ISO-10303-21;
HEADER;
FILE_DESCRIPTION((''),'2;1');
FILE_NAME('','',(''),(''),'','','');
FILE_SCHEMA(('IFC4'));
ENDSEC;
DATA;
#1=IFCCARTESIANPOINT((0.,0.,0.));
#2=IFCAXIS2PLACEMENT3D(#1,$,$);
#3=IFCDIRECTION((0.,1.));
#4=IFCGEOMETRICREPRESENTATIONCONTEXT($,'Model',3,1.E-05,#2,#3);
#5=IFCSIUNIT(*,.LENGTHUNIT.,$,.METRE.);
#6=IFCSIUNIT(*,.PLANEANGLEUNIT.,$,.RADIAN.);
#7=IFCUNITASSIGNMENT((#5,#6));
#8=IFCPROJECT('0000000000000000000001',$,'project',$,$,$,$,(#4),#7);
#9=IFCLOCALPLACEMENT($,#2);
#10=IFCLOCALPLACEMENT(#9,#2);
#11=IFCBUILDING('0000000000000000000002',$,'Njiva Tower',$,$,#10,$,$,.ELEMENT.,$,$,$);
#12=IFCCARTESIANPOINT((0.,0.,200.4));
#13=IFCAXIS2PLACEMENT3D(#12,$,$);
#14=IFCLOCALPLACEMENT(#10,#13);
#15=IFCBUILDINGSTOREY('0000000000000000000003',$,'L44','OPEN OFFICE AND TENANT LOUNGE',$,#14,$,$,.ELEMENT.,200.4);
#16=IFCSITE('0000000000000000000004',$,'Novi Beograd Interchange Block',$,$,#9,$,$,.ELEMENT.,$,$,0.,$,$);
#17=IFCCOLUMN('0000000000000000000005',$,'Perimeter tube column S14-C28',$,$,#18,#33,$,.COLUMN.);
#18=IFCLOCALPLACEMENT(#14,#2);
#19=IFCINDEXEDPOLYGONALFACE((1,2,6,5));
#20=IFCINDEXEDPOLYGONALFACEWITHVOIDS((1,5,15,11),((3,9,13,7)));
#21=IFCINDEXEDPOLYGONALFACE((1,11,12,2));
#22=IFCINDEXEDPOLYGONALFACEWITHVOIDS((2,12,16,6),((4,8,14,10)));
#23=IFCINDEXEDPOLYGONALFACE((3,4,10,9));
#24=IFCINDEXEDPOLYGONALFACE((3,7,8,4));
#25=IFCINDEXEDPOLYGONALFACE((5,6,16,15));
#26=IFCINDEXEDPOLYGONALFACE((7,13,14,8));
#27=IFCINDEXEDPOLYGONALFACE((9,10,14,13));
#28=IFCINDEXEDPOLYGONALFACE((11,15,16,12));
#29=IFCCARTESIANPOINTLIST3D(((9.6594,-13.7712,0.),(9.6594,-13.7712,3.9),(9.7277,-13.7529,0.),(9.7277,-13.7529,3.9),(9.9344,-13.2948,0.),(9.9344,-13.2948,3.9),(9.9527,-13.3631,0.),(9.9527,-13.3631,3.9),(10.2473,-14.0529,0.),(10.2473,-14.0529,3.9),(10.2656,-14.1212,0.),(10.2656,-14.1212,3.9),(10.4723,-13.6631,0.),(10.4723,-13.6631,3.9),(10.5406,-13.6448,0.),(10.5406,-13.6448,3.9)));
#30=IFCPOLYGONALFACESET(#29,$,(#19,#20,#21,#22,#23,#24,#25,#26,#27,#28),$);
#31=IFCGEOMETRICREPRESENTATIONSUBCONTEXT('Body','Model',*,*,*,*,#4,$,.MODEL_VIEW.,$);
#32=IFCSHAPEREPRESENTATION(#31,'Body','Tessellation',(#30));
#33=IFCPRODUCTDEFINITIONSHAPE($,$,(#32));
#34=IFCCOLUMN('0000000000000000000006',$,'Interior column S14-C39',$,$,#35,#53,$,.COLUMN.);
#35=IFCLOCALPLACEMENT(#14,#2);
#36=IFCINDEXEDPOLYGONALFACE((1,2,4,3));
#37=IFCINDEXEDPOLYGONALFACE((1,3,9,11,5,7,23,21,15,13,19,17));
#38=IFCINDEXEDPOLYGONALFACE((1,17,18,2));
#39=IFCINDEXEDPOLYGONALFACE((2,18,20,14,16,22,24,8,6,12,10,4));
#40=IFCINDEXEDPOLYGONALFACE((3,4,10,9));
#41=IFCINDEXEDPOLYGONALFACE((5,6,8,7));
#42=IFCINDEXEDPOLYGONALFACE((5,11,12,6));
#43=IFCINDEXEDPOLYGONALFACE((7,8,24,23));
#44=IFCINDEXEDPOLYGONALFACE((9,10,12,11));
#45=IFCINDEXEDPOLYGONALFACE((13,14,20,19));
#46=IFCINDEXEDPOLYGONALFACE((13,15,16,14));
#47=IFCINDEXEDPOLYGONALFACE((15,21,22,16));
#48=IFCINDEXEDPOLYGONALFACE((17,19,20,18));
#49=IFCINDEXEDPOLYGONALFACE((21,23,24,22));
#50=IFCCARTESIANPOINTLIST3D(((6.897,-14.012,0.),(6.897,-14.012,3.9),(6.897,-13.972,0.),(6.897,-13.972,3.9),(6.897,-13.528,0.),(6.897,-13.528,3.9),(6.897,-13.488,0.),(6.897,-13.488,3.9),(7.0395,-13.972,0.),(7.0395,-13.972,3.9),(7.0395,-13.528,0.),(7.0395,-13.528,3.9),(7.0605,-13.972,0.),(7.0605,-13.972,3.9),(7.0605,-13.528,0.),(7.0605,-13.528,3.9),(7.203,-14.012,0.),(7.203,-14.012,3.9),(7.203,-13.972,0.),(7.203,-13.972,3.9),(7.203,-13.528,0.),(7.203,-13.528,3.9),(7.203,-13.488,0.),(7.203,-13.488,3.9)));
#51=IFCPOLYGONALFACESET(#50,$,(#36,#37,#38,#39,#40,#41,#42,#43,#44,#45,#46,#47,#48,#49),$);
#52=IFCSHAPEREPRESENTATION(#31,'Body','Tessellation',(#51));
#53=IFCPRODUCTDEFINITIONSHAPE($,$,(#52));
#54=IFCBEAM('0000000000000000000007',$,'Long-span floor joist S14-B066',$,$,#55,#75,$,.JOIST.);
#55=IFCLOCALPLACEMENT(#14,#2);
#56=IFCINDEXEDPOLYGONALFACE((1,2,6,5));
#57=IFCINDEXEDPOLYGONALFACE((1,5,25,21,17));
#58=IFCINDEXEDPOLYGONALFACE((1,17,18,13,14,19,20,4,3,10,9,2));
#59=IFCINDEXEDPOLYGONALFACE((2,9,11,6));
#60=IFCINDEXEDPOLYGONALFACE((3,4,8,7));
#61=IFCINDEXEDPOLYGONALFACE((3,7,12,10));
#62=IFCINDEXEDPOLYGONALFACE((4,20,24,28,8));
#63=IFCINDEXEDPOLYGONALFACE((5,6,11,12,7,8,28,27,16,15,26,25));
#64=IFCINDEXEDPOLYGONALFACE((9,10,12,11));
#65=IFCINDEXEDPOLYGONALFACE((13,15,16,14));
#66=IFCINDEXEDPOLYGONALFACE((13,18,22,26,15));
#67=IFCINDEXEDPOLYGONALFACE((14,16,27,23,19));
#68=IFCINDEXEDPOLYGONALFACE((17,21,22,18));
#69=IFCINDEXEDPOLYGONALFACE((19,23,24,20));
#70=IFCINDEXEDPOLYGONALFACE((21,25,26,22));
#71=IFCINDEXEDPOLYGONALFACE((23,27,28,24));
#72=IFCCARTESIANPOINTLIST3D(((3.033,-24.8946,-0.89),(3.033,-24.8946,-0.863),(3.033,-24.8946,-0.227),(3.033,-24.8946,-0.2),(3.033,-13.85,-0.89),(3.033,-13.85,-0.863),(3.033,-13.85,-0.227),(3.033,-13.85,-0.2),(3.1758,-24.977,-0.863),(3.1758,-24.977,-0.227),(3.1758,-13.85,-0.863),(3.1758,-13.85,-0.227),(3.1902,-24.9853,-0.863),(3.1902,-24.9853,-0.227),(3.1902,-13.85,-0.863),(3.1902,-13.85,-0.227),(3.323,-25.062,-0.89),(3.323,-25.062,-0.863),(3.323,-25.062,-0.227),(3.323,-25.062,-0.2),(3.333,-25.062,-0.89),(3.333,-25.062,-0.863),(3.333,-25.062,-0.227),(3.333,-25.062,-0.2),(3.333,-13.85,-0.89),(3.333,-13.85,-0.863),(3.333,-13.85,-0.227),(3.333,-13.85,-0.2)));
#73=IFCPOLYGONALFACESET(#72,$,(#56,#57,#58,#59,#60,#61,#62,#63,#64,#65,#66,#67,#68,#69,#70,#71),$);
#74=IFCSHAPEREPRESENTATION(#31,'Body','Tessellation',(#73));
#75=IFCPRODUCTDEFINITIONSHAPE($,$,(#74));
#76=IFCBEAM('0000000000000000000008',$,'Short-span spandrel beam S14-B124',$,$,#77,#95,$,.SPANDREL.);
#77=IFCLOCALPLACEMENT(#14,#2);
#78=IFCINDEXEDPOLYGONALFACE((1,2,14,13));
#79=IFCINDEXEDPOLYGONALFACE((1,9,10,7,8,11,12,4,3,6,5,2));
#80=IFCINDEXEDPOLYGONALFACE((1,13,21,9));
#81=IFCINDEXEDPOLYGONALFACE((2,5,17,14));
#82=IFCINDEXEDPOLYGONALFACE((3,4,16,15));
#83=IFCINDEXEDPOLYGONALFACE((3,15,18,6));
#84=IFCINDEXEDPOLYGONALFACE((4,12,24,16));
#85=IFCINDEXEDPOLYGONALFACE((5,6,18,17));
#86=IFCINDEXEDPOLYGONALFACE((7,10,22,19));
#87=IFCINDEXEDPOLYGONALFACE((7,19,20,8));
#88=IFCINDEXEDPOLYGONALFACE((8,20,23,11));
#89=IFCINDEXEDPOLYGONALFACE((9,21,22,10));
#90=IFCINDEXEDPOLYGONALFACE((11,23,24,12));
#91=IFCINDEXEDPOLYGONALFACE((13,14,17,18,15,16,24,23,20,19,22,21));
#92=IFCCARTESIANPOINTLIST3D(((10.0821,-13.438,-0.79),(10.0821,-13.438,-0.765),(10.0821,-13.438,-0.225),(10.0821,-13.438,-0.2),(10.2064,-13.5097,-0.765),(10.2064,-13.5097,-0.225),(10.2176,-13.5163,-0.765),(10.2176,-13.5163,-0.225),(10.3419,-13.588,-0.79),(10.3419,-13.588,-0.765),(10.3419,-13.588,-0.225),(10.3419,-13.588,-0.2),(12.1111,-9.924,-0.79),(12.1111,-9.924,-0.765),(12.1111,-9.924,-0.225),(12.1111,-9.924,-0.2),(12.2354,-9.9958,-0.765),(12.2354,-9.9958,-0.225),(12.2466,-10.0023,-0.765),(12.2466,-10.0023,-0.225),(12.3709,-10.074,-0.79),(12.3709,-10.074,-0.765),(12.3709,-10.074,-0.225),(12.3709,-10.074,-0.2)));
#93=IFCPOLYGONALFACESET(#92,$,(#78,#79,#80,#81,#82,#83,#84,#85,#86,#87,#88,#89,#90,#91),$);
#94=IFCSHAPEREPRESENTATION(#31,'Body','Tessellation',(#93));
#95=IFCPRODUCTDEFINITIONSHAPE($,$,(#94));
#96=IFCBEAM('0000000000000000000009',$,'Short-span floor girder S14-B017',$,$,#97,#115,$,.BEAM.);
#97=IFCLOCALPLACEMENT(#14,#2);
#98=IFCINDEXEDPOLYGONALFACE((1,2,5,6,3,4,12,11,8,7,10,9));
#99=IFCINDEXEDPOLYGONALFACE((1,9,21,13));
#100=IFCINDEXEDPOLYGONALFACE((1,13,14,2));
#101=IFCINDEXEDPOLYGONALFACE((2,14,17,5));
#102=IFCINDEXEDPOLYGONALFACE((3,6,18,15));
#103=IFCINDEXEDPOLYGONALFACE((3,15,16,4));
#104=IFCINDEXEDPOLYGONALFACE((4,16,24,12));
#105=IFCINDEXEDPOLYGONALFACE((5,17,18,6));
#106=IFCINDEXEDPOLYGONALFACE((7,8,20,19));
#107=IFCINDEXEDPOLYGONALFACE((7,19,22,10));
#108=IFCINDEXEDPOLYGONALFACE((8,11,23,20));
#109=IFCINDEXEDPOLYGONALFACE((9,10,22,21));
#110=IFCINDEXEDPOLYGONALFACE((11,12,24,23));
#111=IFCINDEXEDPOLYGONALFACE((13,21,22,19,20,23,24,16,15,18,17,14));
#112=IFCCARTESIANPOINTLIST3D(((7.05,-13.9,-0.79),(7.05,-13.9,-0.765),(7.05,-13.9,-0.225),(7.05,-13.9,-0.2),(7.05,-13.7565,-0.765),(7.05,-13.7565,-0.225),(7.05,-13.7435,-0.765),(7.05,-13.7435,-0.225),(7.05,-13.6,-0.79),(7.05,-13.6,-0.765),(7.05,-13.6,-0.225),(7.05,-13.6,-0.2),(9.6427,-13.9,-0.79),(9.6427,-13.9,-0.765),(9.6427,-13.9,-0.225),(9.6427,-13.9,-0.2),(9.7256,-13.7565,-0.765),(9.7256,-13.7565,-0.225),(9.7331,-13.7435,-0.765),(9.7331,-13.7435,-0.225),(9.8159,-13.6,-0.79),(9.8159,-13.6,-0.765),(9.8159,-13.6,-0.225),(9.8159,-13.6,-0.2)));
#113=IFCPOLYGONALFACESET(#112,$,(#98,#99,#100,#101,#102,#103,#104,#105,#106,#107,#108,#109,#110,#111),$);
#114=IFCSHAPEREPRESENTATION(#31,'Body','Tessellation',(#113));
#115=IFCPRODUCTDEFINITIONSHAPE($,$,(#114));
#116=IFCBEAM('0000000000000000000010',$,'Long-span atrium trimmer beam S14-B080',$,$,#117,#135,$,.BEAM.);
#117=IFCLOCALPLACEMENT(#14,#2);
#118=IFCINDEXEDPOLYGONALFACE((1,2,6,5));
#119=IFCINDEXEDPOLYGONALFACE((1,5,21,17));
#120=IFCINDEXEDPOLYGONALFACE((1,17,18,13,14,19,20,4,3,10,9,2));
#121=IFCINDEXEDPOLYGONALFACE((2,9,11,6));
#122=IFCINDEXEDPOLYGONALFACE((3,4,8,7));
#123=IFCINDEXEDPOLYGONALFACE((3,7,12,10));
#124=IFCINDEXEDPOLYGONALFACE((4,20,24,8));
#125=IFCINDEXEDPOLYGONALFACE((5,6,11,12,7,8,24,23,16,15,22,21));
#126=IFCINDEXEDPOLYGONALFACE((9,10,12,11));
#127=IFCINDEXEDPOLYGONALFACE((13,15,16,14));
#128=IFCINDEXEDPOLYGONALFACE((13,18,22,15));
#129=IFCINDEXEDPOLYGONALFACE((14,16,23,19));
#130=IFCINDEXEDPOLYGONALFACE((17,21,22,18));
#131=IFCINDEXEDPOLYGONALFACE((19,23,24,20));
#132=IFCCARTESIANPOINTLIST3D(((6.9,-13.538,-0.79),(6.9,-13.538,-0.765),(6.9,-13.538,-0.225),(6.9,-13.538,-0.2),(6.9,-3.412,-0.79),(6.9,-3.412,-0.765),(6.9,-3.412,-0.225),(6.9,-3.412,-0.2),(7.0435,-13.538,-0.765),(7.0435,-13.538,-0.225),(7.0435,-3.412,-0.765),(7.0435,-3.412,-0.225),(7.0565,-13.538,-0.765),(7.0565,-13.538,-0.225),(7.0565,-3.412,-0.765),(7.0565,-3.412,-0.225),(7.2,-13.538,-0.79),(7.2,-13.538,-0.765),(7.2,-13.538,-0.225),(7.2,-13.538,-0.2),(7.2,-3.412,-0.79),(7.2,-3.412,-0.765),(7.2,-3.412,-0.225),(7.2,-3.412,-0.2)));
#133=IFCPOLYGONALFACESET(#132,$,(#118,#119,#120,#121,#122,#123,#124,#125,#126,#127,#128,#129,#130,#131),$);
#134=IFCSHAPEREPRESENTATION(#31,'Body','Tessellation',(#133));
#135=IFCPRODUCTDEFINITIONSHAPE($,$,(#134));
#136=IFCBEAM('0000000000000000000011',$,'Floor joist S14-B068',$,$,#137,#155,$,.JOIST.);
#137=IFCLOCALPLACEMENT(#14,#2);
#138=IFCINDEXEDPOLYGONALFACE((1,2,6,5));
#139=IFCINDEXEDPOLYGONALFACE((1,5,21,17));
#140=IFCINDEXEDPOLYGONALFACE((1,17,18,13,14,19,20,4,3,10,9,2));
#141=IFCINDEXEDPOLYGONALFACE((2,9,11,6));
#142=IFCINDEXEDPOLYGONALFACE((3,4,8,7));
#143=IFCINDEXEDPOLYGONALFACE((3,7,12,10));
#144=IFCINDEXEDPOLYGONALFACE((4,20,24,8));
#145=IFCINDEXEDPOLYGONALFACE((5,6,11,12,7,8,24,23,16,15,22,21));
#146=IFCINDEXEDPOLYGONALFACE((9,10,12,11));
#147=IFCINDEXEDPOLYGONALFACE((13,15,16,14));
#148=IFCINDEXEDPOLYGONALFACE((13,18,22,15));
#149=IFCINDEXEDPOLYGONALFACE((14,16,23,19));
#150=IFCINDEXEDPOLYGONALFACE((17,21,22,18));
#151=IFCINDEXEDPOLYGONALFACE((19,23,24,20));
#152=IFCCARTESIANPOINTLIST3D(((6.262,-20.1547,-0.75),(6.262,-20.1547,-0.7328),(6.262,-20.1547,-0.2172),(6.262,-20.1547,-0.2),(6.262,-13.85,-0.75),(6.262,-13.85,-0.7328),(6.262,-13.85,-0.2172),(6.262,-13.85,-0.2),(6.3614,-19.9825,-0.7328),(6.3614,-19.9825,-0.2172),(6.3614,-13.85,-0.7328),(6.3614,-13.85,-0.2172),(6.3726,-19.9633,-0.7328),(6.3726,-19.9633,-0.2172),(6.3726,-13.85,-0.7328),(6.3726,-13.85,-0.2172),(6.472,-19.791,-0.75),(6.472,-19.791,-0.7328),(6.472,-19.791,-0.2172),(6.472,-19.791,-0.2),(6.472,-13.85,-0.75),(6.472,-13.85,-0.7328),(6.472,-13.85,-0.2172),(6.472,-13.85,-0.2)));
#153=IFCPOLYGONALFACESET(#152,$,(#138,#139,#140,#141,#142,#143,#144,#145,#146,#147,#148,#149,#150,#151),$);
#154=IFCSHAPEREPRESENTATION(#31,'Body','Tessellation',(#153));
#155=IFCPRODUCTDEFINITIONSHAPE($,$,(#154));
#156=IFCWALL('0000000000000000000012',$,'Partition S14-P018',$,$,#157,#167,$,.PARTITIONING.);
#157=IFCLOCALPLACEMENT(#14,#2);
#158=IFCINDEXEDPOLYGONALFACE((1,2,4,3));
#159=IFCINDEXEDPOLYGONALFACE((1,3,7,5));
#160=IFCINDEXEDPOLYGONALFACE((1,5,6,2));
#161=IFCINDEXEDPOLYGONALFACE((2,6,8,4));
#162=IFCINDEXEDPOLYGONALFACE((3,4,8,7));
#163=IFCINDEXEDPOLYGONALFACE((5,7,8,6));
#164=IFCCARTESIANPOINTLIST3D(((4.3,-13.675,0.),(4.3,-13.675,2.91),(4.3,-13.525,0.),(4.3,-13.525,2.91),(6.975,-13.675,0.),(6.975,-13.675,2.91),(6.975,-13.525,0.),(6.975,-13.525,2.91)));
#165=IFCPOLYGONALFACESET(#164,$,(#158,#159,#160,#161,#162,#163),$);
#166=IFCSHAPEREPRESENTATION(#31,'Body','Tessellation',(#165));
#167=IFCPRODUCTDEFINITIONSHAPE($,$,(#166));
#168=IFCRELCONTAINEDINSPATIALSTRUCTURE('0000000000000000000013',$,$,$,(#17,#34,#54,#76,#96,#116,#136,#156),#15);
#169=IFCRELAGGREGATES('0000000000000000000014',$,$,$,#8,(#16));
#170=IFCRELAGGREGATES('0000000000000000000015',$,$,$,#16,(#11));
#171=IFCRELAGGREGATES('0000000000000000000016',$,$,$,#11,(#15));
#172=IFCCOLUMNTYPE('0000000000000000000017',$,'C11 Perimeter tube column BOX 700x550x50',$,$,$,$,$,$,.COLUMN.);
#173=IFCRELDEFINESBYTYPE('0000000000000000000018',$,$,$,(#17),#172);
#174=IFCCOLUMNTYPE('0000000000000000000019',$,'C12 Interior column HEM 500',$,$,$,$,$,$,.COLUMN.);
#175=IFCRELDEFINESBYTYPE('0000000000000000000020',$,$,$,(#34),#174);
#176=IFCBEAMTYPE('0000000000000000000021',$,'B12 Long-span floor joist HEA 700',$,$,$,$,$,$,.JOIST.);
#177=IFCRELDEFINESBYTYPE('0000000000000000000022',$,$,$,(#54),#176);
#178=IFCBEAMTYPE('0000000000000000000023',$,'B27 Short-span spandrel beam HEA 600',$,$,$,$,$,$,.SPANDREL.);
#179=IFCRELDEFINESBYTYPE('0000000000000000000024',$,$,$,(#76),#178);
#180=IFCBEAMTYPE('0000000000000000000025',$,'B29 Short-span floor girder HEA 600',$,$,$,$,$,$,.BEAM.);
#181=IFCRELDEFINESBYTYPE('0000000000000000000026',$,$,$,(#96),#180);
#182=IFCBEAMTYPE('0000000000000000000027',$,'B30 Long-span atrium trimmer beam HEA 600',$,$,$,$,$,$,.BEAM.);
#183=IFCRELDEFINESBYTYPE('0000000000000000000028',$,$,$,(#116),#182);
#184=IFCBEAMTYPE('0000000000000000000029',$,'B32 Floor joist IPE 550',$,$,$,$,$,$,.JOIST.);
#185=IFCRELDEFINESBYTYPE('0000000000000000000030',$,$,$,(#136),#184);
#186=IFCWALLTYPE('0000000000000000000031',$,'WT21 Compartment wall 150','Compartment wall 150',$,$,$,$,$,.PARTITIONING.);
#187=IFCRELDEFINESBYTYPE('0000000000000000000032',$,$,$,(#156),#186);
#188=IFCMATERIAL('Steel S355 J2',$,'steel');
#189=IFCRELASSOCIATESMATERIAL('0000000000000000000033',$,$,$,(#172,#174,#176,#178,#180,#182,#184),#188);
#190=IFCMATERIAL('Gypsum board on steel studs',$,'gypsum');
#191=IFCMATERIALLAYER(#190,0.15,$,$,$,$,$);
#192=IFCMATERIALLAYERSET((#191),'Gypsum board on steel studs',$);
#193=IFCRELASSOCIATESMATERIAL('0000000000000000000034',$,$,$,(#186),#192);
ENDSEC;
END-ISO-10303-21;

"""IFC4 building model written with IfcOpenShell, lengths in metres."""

from ifc_helpers import new_model, si_unit, direction, frame, frame_2d, origin, origin_2d, place, context, subcontext, project, spatial, rectangle, hollow_rectangle, i_section, extrude, clip, halfspace, material, layer, layer_set, material_profile, profile_set, type_object, element, save


model = new_model("IFC4")

# Units and contexts
model_context = context("Model", 3, precision=1e-05, world=origin(), true_north=direction((0.0, 1.0)))
body_context = subcontext(model_context, "Body", "Model", "MODEL_VIEW")
ifc_project = project(units=[si_unit("LENGTHUNIT", "METRE"), si_unit("PLANEANGLEUNIT", "RADIAN")], contexts=[model_context])

# Site, building, storey
site_placement = place(None, origin())
site = spatial("IfcSite", under=ifc_project, at=site_placement, Name="Novi Beograd Interchange Block", CompositionType="ELEMENT", RefElevation=0.0)
building_placement = place(site_placement, origin())
building = spatial("IfcBuilding", under=site, at=building_placement, Name="Njiva Tower", CompositionType="ELEMENT")
storey_placement = place(building_placement, frame((0.0, 0.0, 200.4)))
storey = spatial("IfcBuildingStorey", under=building, at=storey_placement, Name="L44", Description="OPEN OFFICE AND TENANT LOUNGE", CompositionType="ELEMENT", Elevation=200.4)

# Columns
ifc_material_1 = material(Name="Steel S355 J2", Category="steel")
ifc_material_profile_1 = material_profile(ifc_material_1, hollow_rectangle(XDim=0.55, YDim=0.7, WallThickness=0.05, at=origin_2d()), Name="BOX 700x550x50")
ifc_profile_set_1 = profile_set([ifc_material_profile_1], Name="Steel S355 J2")
column_type_1 = type_object("IfcColumnType", Name="C11 Perimeter tube column BOX 700x550x50", PredefinedType="COLUMN", material=ifc_profile_set_1)
column_1_placement = place(storey_placement, frame((10.1, -13.708, 0.0), z_axis=(0.0, 0.0, 1.0), x_axis=(0.5, 0.866025, 0.0)))
element("IfcColumn", 1, at=column_1_placement, inside=storey, type_object=column_type_1, Name="Perimeter tube column S14-C28", PredefinedType="COLUMN", context=body_context, shape_type="SweptSolid", body=[
    extrude(hollow_rectangle(XDim=0.55, YDim=0.7, WallThickness=0.05, at=origin_2d()), origin(), (0.0, 0.0, 1.0), 3.9),
])
ifc_material_profile_2 = material_profile(ifc_material_1, i_section(OverallWidth=0.306, OverallDepth=0.524, WebThickness=0.021, FlangeThickness=0.04, at=origin_2d()), Name="HEM 500")
ifc_profile_set_2 = profile_set([ifc_material_profile_2], Name="Steel S355 J2")
column_type_2 = type_object("IfcColumnType", Name="C12 Interior column HEM 500", PredefinedType="COLUMN", material=ifc_profile_set_2)
column_2_placement = place(storey_placement, frame((7.05, -13.75, 0.0), z_axis=(0.0, 0.0, 1.0), x_axis=(1.0, 0.0, 0.0)))
element("IfcColumn", 2, at=column_2_placement, inside=storey, type_object=column_type_2, Name="Interior column S14-C39", PredefinedType="COLUMN", context=body_context, shape_type="SweptSolid", body=[
    extrude(i_section(OverallWidth=0.306, OverallDepth=0.524, WebThickness=0.021, FlangeThickness=0.04, at=origin_2d()), origin(), (0.0, 0.0, 1.0), 3.9),
])

# Beams
ifc_material_profile_3 = material_profile(ifc_material_1, i_section(OverallWidth=0.3, OverallDepth=0.69, WebThickness=0.0145, FlangeThickness=0.027, at=origin_2d()), Name="HEA 700")
ifc_profile_set_3 = profile_set([ifc_material_profile_3], Name="Steel S355 J2")
beam_type_1 = type_object("IfcBeamType", Name="B12 Long-span floor joist HEA 700", PredefinedType="JOIST", material=ifc_profile_set_3)
beam_1_placement = place(storey_placement, frame((3.183, -13.85, -0.545), z_axis=(0.0, -1.0, 0.0), x_axis=(1.0, 0.0, 0.0)))
element("IfcBeam", 3, at=beam_1_placement, inside=storey, type_object=beam_type_1, Name="Long-span floor joist S14-B066", PredefinedType="JOIST", context=body_context, shape_type="Clipping", body=[
    clip(extrude(i_section(OverallWidth=0.3, OverallDepth=0.69, WebThickness=0.0145, FlangeThickness=0.027, at=origin_2d()), origin(), (0.0, 0.0, 1.0), 11.212), halfspace(frame((-0.0247, 0.0, 11.1169), z_axis=(-0.499998, 0.0, 0.866027), x_axis=(0.0, 1.0, 0.0)), False)),
])
ifc_material_profile_4 = material_profile(ifc_material_1, i_section(OverallWidth=0.3, OverallDepth=0.59, WebThickness=0.013, FlangeThickness=0.025, at=origin_2d()), Name="HEA 600")
ifc_profile_set_4 = profile_set([ifc_material_profile_4], Name="Steel S355 J2")
beam_type_2 = type_object("IfcBeamType", Name="B27 Short-span spandrel beam HEA 600", PredefinedType="SPANDREL", material=ifc_profile_set_4)
beam_2_placement = place(storey_placement, frame((10.212, -13.513, -0.495), z_axis=(0.500035, 0.866005, 0.0), x_axis=(-0.866005, 0.500035, 0.0)))
element("IfcBeam", 4, at=beam_2_placement, inside=storey, type_object=beam_type_2, Name="Short-span spandrel beam S14-B124", PredefinedType="SPANDREL", context=body_context, shape_type="SweptSolid", body=[
    extrude(i_section(OverallWidth=0.3, OverallDepth=0.59, WebThickness=0.013, FlangeThickness=0.025, at=origin_2d()), origin(), (0.0, 0.0, 1.0), 4.0577),
])
ifc_material_profile_5 = material_profile(ifc_material_1, i_section(OverallWidth=0.3, OverallDepth=0.59, WebThickness=0.013, FlangeThickness=0.025, at=origin_2d()), Name="HEA 600")
ifc_profile_set_5 = profile_set([ifc_material_profile_5], Name="Steel S355 J2")
beam_type_3 = type_object("IfcBeamType", Name="B29 Short-span floor girder HEA 600", PredefinedType="BEAM", material=ifc_profile_set_5)
beam_3_placement = place(storey_placement, frame((7.05, -13.75, -0.495), z_axis=(1.0, 0.0, 0.0), x_axis=(0.0, 1.0, 0.0)))
element("IfcBeam", 5, at=beam_3_placement, inside=storey, type_object=beam_type_3, Name="Short-span floor girder S14-B017", PredefinedType="BEAM", context=body_context, shape_type="Clipping", body=[
    clip(extrude(i_section(OverallWidth=0.3, OverallDepth=0.59, WebThickness=0.013, FlangeThickness=0.025, at=origin_2d()), origin(), (0.0, 0.0, 1.0), 2.786), halfspace(frame((-0.025, 0.0, 2.6649), z_axis=(-0.499998, 0.0, 0.866027), x_axis=(0.0, 1.0, 0.0)), False)),
])
ifc_material_profile_6 = material_profile(ifc_material_1, i_section(OverallWidth=0.3, OverallDepth=0.59, WebThickness=0.013, FlangeThickness=0.025, at=origin_2d()), Name="HEA 600")
ifc_profile_set_6 = profile_set([ifc_material_profile_6], Name="Steel S355 J2")
beam_type_4 = type_object("IfcBeamType", Name="B30 Long-span atrium trimmer beam HEA 600", PredefinedType="BEAM", material=ifc_profile_set_6)
beam_4_placement = place(storey_placement, frame((7.05, -13.538, -0.495), z_axis=(0.0, 1.0, 0.0), x_axis=(-1.0, 0.0, 0.0)))
element("IfcBeam", 6, at=beam_4_placement, inside=storey, type_object=beam_type_4, Name="Long-span atrium trimmer beam S14-B080", PredefinedType="BEAM", context=body_context, shape_type="SweptSolid", body=[
    extrude(i_section(OverallWidth=0.3, OverallDepth=0.59, WebThickness=0.013, FlangeThickness=0.025, at=origin_2d()), origin(), (0.0, 0.0, 1.0), 10.126),
])
ifc_material_profile_7 = material_profile(ifc_material_1, i_section(OverallWidth=0.21, OverallDepth=0.55, WebThickness=0.0111, FlangeThickness=0.0172, at=origin_2d()), Name="IPE 550")
ifc_profile_set_7 = profile_set([ifc_material_profile_7], Name="Steel S355 J2")
beam_type_5 = type_object("IfcBeamType", Name="B32 Floor joist IPE 550", PredefinedType="JOIST", material=ifc_profile_set_7)
beam_5_placement = place(storey_placement, frame((6.367, -13.85, -0.475), z_axis=(0.0, -1.0, 0.0), x_axis=(1.0, 0.0, 0.0)))
element("IfcBeam", 7, at=beam_5_placement, inside=storey, type_object=beam_type_5, Name="Floor joist S14-B068", PredefinedType="JOIST", context=body_context, shape_type="Clipping", body=[
    clip(extrude(i_section(OverallWidth=0.21, OverallDepth=0.55, WebThickness=0.0111, FlangeThickness=0.0172, at=origin_2d()), origin(), (0.0, 0.0, 1.0), 6.325), halfspace(frame((0.043, 0.0, 6.0484), z_axis=(0.866027, 0.0, 0.499998), x_axis=(0.0, 1.0, 0.0)), False)),
])

# Wall
ifc_material_2 = material(Name="Gypsum board on steel studs", Category="gypsum")
ifc_layer_1 = layer(ifc_material_2, 0.15)
ifc_layer_set_1 = layer_set([ifc_layer_1], Name="Gypsum board on steel studs")
wall_type_1 = type_object("IfcWallType", Name="WT21 Compartment wall 150", Description="Compartment wall 150", PredefinedType="PARTITIONING", material=ifc_layer_set_1)
wall_1_placement = place(storey_placement, frame((4.3, -13.6, 0.0), z_axis=(0.0, 0.0, 1.0), x_axis=(1.0, 0.0, 0.0)))
element("IfcWall", 8, at=wall_1_placement, inside=storey, type_object=wall_type_1, Name="Partition S14-P018", PredefinedType="PARTITIONING", context=body_context, shape_type="SweptSolid", body=[
    extrude(rectangle(XDim=2.675, YDim=0.15, at=frame_2d((1.3375, 0.0))), origin(), (0.0, 0.0, 1.0), 2.91),
])

save(model, "model.ifc")
